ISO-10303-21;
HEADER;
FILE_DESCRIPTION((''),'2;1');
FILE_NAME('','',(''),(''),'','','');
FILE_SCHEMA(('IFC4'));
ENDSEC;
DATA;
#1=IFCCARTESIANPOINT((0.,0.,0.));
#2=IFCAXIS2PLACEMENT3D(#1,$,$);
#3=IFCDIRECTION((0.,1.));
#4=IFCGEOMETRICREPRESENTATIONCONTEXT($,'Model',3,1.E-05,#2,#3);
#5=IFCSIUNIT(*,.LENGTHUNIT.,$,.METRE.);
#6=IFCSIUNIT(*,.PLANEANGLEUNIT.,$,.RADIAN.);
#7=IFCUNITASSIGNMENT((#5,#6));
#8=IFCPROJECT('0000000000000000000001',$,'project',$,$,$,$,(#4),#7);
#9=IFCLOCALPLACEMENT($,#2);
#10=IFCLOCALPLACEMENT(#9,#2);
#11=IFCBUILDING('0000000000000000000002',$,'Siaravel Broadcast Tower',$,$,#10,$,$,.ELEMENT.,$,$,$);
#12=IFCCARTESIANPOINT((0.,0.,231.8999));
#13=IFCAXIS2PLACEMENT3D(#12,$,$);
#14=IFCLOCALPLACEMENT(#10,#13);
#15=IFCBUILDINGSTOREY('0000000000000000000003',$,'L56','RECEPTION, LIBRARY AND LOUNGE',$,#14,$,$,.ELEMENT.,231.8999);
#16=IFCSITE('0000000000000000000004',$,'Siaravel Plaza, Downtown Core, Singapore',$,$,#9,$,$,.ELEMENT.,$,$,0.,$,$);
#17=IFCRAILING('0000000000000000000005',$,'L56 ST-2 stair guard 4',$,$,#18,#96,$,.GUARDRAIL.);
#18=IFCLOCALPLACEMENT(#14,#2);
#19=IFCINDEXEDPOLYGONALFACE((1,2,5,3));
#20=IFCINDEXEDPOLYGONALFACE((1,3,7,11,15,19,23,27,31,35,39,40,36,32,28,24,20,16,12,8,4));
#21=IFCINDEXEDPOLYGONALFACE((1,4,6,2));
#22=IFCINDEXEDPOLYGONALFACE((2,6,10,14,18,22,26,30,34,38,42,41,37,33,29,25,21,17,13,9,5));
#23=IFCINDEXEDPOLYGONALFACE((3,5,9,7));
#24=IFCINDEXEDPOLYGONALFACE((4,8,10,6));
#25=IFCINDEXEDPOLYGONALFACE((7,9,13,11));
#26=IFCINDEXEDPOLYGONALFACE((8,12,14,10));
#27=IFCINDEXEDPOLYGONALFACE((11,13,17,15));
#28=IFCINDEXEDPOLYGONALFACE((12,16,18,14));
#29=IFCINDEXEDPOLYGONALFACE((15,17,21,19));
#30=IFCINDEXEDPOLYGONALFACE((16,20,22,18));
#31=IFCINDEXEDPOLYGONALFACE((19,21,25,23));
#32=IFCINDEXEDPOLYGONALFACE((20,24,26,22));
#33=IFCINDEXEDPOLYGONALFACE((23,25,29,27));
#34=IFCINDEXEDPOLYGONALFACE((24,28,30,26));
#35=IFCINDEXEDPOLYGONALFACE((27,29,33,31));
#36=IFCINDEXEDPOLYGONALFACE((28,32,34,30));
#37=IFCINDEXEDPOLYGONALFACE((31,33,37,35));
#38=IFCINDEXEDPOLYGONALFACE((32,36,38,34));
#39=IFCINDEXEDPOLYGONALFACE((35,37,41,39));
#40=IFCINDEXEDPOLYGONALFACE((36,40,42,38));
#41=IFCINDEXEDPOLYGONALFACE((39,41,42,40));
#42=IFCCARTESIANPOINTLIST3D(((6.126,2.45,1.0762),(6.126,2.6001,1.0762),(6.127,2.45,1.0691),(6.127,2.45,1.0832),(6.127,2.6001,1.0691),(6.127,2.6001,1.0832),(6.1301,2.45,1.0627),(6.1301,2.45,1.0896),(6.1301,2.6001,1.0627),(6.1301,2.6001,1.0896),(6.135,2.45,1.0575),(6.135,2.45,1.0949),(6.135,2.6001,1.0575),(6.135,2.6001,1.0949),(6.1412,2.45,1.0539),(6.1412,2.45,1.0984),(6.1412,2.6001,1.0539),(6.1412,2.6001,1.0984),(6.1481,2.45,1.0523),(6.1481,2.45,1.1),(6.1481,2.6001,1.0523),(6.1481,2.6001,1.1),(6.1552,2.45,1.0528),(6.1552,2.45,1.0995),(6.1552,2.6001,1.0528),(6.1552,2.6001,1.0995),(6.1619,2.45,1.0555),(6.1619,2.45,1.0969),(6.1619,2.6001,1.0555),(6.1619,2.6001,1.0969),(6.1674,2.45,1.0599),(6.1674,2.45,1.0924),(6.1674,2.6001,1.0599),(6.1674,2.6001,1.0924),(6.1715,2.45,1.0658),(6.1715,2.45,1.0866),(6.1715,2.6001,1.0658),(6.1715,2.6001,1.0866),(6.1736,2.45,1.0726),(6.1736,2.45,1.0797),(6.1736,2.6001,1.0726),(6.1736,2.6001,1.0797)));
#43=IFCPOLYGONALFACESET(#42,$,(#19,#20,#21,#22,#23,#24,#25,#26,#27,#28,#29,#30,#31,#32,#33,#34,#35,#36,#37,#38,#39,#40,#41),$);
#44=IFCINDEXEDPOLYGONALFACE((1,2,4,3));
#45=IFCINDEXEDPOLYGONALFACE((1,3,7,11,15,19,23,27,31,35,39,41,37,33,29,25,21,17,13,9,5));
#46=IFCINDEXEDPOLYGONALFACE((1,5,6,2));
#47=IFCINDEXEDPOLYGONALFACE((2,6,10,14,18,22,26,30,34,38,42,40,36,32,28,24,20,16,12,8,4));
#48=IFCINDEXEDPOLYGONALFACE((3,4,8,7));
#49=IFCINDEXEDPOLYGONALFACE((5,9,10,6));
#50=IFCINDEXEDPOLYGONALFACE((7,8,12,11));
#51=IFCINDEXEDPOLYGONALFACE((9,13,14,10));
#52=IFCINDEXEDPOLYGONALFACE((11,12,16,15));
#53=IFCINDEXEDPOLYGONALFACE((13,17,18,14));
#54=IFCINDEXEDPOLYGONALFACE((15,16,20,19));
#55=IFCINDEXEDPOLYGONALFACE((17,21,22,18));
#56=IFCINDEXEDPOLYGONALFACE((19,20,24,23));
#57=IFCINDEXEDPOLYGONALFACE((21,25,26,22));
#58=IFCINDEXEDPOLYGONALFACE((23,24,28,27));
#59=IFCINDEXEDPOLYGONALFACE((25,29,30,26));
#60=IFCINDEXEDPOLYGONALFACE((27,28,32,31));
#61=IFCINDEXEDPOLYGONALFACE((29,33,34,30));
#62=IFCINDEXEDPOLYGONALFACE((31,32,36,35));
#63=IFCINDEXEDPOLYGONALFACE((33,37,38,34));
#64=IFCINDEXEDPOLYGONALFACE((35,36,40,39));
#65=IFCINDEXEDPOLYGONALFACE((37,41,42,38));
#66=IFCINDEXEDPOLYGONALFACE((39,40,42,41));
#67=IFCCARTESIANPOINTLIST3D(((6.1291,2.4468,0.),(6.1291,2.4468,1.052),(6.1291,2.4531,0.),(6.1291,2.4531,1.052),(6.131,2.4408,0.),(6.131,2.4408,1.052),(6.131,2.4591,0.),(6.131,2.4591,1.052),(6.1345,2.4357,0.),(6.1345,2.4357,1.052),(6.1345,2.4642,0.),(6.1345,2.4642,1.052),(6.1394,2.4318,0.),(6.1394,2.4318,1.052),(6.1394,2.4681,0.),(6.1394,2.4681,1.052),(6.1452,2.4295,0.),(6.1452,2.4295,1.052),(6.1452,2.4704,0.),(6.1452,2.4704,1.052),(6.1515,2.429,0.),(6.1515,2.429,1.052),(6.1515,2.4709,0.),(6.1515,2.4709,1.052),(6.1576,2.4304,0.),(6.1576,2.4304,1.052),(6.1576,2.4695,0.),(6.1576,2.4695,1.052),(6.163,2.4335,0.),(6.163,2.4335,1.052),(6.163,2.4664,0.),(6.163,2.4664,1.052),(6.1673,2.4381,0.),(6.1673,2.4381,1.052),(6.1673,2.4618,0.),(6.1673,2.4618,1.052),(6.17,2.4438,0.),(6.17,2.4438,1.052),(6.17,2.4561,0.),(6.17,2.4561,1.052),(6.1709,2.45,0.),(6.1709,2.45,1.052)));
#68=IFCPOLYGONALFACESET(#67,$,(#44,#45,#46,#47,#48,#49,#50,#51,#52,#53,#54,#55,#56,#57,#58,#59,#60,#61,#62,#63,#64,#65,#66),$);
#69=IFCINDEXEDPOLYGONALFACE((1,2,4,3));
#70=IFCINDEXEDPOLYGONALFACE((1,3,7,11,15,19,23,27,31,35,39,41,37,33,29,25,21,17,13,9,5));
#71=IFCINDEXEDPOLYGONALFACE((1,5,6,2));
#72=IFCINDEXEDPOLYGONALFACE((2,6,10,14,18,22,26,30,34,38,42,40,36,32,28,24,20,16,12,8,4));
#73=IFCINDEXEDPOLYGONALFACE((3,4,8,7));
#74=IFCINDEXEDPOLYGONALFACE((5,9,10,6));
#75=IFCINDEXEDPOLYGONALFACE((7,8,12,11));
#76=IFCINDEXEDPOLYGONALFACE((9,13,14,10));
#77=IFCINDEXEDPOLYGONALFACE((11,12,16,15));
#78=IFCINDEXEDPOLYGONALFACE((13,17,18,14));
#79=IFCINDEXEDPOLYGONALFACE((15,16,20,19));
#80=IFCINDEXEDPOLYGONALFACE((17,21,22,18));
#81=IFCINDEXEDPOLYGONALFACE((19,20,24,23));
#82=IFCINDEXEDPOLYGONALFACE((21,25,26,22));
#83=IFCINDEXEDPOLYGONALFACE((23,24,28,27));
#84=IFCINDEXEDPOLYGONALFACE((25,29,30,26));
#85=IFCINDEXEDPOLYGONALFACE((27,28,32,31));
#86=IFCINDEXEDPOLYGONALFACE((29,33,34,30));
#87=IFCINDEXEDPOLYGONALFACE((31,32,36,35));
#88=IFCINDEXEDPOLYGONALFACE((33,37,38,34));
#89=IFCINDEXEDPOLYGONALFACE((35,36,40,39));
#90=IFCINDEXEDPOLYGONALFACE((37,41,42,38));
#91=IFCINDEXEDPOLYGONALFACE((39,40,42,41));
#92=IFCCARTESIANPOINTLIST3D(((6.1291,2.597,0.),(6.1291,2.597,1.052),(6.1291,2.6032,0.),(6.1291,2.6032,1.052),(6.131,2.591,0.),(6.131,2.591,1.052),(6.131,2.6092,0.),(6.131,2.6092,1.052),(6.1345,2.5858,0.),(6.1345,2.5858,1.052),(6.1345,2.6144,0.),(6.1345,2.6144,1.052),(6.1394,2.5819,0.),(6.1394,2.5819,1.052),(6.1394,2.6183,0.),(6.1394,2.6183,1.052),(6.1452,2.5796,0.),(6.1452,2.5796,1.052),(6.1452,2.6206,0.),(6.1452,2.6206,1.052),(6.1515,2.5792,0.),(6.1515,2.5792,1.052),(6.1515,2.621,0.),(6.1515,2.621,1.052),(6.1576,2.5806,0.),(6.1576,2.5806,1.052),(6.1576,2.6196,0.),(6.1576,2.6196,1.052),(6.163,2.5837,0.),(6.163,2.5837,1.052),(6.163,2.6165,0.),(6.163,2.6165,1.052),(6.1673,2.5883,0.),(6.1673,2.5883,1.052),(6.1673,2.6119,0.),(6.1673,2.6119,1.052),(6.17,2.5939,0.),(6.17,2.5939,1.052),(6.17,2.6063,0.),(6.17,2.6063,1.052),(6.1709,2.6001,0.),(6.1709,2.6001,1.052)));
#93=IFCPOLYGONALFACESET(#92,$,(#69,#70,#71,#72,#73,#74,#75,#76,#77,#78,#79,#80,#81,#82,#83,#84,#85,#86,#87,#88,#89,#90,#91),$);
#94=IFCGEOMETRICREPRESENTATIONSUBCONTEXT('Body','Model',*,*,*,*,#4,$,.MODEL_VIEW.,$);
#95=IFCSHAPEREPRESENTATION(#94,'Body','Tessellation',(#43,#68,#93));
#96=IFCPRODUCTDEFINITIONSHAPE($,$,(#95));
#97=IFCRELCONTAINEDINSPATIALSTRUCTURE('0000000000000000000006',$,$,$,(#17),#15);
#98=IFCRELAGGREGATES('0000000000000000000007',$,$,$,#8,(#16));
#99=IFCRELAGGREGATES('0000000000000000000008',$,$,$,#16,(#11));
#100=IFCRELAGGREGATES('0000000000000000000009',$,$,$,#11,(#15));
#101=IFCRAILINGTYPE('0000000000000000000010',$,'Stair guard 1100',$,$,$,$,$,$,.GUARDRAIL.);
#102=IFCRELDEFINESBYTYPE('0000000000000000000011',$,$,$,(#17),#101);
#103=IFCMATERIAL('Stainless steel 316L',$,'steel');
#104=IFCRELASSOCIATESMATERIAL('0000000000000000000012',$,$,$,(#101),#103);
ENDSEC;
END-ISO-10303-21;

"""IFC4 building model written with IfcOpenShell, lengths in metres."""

from ifc_helpers import new_model, si_unit, direction, frame, origin, origin_2d, place, context, subcontext, project, spatial, circle, extrude, material, type_object, element, save


model = new_model("IFC4")

# Units and contexts
model_context = context("Model", 3, precision=1e-05, world=origin(), true_north=direction((0.0, 1.0)))
body_context = subcontext(model_context, "Body", "Model", "MODEL_VIEW")
ifc_project = project(units=[si_unit("LENGTHUNIT", "METRE"), si_unit("PLANEANGLEUNIT", "RADIAN")], contexts=[model_context])

# Site, building, storey
site_placement = place(None, origin())
site = spatial("IfcSite", under=ifc_project, at=site_placement, Name="Siaravel Plaza, Downtown Core, Singapore", CompositionType="ELEMENT", RefElevation=0.0)
building_placement = place(site_placement, origin())
building = spatial("IfcBuilding", under=site, at=building_placement, Name="Siaravel Broadcast Tower", CompositionType="ELEMENT")
storey_placement = place(building_placement, frame((0.0, 0.0, 231.8999)))
storey = spatial("IfcBuildingStorey", under=building, at=storey_placement, Name="L56", Description="RECEPTION, LIBRARY AND LOUNGE", CompositionType="ELEMENT", Elevation=231.8999)

# Railing
ifc_material_1 = material(Name="Stainless steel 316L", Category="steel")
railing_type_1 = type_object("IfcRailingType", Name="Stair guard 1100", PredefinedType="GUARDRAIL", material=ifc_material_1)
railing_1_placement = place(storey_placement, frame((6.1499, 2.45, 0.0)))
element("IfcRailing", 1, at=railing_1_placement, inside=storey, type_object=railing_type_1, Name="L56 ST-2 stair guard 4", PredefinedType="GUARDRAIL", context=body_context, shape_type="SweptSolid", body=[
    extrude(circle(Radius=0.0239, at=origin_2d()), frame((0.0, 0.0, 1.0762), z_axis=(0.0, 1.0, 0.0), x_axis=(-1.0, 0.0, 0.0)), (0.0, 0.0, 1.0), 0.1501),
    extrude(circle(Radius=0.021, at=origin_2d()), origin(), (0.0, 0.0, 1.0), 1.052),
    extrude(circle(Radius=0.021, at=origin_2d()), frame((0.0, 0.1501, 0.0)), (0.0, 0.0, 1.0), 1.052),
])

save(model, "model.ifc")
